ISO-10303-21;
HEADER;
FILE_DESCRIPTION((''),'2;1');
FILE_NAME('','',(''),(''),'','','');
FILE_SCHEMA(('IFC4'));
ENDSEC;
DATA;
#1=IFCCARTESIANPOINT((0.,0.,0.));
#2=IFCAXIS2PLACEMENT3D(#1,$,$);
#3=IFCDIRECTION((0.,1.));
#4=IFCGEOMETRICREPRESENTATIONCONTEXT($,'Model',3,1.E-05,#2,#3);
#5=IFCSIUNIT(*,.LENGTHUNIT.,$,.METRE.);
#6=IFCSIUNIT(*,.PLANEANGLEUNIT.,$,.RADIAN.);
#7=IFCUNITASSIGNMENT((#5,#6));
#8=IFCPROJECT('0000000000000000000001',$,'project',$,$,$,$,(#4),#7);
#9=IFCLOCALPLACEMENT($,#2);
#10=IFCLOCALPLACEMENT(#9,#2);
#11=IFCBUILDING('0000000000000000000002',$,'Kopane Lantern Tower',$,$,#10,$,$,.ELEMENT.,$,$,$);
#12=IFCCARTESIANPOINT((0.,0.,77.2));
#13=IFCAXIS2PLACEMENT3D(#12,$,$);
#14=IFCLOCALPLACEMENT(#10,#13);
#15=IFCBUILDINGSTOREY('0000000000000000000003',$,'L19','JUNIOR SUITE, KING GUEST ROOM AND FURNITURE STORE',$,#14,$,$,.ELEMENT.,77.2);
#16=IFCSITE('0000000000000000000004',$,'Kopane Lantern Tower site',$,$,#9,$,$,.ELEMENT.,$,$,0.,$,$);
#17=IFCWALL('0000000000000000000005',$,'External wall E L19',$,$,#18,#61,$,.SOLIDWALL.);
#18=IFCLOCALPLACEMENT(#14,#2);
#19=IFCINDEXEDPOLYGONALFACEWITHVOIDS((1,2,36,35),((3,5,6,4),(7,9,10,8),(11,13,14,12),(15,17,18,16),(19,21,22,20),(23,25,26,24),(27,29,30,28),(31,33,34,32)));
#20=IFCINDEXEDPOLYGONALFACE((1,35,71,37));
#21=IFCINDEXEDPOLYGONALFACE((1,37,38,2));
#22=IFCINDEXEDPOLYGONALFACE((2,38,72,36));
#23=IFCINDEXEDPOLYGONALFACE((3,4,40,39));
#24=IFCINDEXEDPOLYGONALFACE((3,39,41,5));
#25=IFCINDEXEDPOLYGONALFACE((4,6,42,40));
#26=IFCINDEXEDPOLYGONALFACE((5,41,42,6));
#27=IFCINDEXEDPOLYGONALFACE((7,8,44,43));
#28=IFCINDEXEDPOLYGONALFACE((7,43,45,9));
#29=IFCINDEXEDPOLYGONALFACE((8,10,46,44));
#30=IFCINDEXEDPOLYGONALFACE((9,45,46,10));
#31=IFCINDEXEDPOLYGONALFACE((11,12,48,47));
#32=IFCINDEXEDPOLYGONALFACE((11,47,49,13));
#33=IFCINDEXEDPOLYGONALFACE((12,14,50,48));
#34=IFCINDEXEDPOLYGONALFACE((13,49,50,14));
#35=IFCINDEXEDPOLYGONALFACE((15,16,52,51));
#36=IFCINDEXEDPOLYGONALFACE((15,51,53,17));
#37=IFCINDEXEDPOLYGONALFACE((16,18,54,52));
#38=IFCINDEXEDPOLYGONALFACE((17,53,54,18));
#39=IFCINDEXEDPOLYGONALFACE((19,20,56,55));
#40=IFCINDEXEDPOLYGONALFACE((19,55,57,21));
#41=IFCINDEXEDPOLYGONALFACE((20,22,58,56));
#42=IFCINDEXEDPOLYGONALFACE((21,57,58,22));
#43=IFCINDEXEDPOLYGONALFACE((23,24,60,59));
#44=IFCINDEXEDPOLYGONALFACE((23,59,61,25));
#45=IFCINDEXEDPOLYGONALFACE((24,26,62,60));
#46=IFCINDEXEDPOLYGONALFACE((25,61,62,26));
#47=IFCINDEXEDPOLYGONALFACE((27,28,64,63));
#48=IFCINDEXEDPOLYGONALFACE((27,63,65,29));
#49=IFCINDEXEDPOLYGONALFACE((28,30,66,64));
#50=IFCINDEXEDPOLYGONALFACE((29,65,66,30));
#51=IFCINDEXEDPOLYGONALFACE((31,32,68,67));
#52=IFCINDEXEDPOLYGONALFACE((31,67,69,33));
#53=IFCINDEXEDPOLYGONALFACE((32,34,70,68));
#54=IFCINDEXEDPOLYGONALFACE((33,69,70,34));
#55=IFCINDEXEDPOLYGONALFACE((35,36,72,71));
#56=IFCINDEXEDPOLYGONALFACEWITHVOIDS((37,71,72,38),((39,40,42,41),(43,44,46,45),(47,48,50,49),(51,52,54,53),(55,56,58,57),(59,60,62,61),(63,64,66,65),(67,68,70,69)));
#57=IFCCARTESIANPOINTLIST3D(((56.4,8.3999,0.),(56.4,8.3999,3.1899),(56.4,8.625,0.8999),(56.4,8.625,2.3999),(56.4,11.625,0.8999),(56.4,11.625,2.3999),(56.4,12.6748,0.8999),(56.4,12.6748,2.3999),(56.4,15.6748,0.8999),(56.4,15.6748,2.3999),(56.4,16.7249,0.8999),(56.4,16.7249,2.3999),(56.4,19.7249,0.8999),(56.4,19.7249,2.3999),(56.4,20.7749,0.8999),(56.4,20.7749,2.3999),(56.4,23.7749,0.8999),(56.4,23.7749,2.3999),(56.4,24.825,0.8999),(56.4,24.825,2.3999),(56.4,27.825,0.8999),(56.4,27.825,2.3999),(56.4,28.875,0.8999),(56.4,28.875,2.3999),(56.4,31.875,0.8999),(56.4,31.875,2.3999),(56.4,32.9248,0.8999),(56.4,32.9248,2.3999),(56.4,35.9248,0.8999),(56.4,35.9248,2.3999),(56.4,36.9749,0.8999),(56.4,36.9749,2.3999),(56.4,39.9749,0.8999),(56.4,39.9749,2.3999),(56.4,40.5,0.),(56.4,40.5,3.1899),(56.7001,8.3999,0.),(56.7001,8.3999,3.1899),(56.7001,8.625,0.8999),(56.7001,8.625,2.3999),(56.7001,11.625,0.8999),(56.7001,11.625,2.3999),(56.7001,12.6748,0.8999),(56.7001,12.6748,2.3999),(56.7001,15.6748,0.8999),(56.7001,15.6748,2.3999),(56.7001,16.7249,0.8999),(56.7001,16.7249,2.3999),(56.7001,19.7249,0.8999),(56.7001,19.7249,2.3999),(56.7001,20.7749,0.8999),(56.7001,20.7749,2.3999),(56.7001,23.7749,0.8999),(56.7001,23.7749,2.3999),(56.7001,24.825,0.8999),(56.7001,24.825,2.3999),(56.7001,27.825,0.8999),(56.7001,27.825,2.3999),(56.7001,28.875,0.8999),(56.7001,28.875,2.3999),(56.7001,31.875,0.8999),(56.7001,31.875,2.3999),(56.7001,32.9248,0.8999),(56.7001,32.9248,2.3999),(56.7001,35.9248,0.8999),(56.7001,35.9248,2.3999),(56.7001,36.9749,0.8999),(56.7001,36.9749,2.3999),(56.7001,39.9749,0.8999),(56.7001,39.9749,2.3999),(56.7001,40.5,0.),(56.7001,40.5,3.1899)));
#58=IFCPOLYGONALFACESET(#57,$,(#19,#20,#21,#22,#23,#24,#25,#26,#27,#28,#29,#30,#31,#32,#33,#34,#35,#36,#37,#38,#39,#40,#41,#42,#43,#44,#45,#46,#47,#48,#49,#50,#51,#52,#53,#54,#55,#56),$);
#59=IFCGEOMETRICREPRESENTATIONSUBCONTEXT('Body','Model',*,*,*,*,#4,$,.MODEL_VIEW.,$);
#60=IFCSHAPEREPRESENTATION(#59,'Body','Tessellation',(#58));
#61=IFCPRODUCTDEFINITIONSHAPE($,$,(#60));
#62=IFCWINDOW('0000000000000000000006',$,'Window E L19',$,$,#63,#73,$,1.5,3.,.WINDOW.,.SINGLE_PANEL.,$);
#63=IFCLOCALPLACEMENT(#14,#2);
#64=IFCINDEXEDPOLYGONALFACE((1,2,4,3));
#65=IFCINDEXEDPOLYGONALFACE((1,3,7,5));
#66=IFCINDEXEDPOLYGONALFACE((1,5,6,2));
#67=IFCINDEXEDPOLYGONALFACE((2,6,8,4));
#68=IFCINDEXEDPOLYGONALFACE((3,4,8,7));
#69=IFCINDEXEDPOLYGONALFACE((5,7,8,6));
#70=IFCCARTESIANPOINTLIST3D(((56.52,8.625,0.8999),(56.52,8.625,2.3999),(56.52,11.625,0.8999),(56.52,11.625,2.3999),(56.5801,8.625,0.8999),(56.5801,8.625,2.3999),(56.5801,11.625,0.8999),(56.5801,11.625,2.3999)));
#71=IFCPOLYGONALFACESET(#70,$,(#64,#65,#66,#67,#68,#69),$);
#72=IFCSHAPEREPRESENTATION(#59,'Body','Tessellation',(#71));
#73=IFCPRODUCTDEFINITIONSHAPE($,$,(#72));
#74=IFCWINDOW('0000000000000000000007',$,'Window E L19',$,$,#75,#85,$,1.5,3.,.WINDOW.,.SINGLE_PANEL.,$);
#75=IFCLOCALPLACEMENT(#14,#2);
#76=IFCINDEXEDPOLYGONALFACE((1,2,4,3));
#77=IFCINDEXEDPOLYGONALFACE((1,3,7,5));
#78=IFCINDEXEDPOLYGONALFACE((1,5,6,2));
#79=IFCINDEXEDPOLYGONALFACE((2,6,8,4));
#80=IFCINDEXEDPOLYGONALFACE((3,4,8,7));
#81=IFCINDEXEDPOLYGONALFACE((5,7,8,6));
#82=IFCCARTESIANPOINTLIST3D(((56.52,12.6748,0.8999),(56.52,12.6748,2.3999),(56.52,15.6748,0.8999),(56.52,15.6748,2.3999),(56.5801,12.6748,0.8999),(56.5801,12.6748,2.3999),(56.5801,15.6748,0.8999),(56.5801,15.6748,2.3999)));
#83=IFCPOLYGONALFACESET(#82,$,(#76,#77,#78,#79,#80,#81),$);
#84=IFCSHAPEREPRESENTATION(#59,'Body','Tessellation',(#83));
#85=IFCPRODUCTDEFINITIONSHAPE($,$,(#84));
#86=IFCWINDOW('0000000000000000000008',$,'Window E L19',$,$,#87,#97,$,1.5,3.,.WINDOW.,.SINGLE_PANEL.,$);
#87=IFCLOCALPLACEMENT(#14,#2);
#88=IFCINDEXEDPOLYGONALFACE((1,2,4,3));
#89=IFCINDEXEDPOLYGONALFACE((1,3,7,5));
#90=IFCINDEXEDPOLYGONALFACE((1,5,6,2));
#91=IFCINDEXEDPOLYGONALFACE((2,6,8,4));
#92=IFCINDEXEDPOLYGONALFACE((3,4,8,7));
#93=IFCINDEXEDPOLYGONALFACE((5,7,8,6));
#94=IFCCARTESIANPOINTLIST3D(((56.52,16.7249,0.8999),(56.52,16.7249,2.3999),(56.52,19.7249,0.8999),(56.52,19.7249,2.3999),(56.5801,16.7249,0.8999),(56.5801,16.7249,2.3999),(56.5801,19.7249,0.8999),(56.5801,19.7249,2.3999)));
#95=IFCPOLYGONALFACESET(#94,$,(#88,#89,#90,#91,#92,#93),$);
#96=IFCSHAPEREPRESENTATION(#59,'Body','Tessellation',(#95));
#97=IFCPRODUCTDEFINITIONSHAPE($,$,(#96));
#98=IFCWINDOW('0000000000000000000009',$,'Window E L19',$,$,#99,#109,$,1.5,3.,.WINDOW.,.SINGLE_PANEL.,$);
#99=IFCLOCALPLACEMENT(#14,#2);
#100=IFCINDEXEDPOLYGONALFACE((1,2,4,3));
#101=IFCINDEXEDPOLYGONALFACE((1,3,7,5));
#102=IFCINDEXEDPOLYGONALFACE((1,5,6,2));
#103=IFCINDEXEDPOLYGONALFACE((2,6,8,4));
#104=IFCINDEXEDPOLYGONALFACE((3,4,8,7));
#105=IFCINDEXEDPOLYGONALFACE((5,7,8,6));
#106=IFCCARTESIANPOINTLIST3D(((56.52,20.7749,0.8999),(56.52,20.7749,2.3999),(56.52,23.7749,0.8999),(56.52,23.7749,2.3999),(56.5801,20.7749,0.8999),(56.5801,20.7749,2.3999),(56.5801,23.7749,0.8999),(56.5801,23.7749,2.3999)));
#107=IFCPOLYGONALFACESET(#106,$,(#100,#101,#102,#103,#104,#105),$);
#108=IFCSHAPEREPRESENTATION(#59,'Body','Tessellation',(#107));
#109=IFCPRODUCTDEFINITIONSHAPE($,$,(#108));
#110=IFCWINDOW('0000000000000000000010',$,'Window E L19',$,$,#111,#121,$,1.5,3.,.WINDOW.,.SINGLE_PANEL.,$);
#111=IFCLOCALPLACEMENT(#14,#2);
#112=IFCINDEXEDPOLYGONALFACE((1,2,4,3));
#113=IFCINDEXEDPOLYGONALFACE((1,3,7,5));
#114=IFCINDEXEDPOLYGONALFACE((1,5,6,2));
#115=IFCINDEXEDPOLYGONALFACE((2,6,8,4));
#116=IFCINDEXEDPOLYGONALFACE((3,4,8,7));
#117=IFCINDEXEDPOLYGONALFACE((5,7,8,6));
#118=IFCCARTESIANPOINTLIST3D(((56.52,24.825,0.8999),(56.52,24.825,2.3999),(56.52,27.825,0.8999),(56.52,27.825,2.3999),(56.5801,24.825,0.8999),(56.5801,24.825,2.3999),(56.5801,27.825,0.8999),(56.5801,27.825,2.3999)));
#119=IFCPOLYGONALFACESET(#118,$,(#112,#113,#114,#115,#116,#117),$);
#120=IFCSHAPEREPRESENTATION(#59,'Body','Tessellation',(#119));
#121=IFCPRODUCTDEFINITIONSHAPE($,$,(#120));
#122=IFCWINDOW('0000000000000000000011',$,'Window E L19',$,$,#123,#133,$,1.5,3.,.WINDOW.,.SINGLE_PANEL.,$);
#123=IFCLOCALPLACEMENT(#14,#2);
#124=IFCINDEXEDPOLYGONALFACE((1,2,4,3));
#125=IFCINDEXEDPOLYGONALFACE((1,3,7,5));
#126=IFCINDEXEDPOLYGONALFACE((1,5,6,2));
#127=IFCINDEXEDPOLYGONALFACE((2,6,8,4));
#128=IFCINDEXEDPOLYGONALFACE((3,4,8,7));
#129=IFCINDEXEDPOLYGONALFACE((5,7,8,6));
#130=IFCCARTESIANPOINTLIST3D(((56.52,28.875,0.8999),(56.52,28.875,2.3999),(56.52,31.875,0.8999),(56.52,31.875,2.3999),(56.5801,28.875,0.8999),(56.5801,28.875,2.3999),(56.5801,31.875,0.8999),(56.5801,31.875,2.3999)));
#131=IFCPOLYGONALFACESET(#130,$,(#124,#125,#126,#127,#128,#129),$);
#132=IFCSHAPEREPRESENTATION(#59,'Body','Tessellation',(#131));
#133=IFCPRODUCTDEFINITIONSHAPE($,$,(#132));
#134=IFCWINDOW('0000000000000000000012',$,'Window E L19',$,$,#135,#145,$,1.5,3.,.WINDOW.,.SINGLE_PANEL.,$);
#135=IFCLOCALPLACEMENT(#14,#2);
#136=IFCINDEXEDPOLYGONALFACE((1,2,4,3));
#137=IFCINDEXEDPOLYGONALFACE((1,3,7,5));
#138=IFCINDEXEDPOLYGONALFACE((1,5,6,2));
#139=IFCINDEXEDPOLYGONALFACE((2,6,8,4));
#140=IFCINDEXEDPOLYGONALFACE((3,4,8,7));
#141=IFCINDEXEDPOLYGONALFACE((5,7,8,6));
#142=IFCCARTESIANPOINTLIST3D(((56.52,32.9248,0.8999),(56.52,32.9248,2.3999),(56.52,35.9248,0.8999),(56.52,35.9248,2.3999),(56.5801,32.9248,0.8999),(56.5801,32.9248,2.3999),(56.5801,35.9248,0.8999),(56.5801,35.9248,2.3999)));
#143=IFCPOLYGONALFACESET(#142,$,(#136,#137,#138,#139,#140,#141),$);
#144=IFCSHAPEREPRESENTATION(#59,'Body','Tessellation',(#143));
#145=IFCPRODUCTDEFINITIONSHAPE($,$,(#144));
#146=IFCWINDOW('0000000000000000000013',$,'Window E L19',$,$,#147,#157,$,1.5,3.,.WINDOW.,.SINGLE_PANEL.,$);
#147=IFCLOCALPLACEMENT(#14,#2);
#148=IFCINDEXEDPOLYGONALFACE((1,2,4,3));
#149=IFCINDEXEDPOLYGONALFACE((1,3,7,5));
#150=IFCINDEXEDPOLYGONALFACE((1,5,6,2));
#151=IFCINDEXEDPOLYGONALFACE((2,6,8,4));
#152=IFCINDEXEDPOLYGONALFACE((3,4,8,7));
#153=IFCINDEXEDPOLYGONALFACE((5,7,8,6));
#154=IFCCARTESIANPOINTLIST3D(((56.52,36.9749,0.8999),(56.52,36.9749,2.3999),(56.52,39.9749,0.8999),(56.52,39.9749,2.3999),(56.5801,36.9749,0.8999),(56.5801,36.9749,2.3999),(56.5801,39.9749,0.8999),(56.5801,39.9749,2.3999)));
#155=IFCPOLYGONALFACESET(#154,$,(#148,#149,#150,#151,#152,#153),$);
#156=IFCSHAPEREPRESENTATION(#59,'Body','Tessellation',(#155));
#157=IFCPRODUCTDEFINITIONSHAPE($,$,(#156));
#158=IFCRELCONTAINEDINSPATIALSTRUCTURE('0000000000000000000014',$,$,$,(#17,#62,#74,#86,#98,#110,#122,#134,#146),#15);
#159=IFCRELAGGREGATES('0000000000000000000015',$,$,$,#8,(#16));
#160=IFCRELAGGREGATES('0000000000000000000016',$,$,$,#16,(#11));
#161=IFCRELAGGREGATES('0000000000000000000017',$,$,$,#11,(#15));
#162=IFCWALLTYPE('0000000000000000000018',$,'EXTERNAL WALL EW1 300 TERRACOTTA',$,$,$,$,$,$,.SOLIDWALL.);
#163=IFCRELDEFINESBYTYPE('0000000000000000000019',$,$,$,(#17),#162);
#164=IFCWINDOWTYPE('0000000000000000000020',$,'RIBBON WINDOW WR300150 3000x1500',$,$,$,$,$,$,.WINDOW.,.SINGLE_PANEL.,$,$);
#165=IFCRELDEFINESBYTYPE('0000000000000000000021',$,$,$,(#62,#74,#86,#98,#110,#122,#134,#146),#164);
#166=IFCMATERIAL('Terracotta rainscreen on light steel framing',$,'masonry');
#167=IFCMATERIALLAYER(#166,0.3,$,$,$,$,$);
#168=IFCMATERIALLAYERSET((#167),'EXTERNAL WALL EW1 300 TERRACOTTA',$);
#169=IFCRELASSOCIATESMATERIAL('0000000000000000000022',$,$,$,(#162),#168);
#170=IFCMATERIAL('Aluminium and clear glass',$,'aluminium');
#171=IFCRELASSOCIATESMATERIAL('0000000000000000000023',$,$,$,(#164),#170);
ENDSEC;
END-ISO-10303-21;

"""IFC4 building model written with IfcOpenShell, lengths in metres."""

from ifc_helpers import new_model, si_unit, direction, frame, frame_2d, origin, place, context, subcontext, project, spatial, rectangle, extrude, material, layer, layer_set, type_object, element, fill, save


model = new_model("IFC4")

# Units and contexts
model_context = context("Model", 3, precision=1e-05, world=origin(), true_north=direction((0.0, 1.0)))
body_context = subcontext(model_context, "Body", "Model", "MODEL_VIEW")
ifc_project = project(units=[si_unit("LENGTHUNIT", "METRE"), si_unit("PLANEANGLEUNIT", "RADIAN")], contexts=[model_context])

# Site, building, storey
site_placement = place(None, origin())
site = spatial("IfcSite", under=ifc_project, at=site_placement, Name="Kopane Lantern Tower site", CompositionType="ELEMENT", RefElevation=0.0)
building_placement = place(site_placement, origin())
building = spatial("IfcBuilding", under=site, at=building_placement, Name="Kopane Lantern Tower", CompositionType="ELEMENT")
storey_placement = place(building_placement, frame((0.0, 0.0, 77.2)))
storey = spatial("IfcBuildingStorey", under=building, at=storey_placement, Name="L19", Description="JUNIOR SUITE, KING GUEST ROOM AND FURNITURE STORE", CompositionType="ELEMENT", Elevation=77.2)

# Shared definitions
ifc_material_1 = material(Name="Terracotta rainscreen on light steel framing", Category="masonry")
ifc_layer_1 = layer(ifc_material_1, 0.3)
ifc_layer_set_1 = layer_set([ifc_layer_1], Name="EXTERNAL WALL EW1 300 TERRACOTTA")
wall_type_1 = type_object("IfcWallType", Name="EXTERNAL WALL EW1 300 TERRACOTTA", PredefinedType="SOLIDWALL", material=ifc_layer_set_1)
ifc_material_2 = material(Name="Aluminium and clear glass", Category="aluminium")
window_type = type_object("IfcWindowType", Name="RIBBON WINDOW WR300150 3000x1500", PartitioningType="SINGLE_PANEL", PredefinedType="WINDOW", material=ifc_material_2)

# Wall, openings, windows
wall_1_placement = place(storey_placement, frame((56.55, 8.3999, 0.0), z_axis=(0.0, 0.0, 1.0), x_axis=(0.0, 1.0, 0.0)))
wall_1 = element("IfcWall", 1, at=wall_1_placement, inside=storey, type_object=wall_type_1, Name="External wall E L19", PredefinedType="SOLIDWALL", context=body_context, shape_type="SweptSolid", body=[
    extrude(rectangle(XDim=32.1001, YDim=0.3, at=frame_2d((16.05, 0.0))), origin(), (0.0, 0.0, 1.0), 3.1899),
])
opening_1_placement = place(wall_1_placement, frame((0.2251, 0.0, 0.8999)))
opening_1 = element("IfcOpeningElement", 2, at=opening_1_placement, cuts=wall_1, PredefinedType="OPENING", context=body_context, shape_type="SweptSolid", body=[
    extrude(rectangle(XDim=3.0, YDim=1.5, at=frame_2d((1.5, 0.75))), frame((0.0, 0.1599, 0.0), z_axis=(0.0, -1.0, 0.0), x_axis=(1.0, 0.0, 0.0)), (0.0, 0.0, 1.0), 0.3201),
])
opening_2_placement = place(wall_1_placement, frame((4.2749, 0.0, 0.8999)))
opening_2 = element("IfcOpeningElement", 3, at=opening_2_placement, cuts=wall_1, PredefinedType="OPENING", context=body_context, shape_type="SweptSolid", body=[
    extrude(rectangle(XDim=3.0, YDim=1.5, at=frame_2d((1.5, 0.75))), frame((0.0, 0.1599, 0.0), z_axis=(0.0, -1.0, 0.0), x_axis=(1.0, 0.0, 0.0)), (0.0, 0.0, 1.0), 0.3201),
])
opening_3_placement = place(wall_1_placement, frame((8.325, 0.0, 0.8999)))
opening_3 = element("IfcOpeningElement", 4, at=opening_3_placement, cuts=wall_1, PredefinedType="OPENING", context=body_context, shape_type="SweptSolid", body=[
    extrude(rectangle(XDim=3.0, YDim=1.5, at=frame_2d((1.5, 0.75))), frame((0.0, 0.1599, 0.0), z_axis=(0.0, -1.0, 0.0), x_axis=(1.0, 0.0, 0.0)), (0.0, 0.0, 1.0), 0.3201),
])
opening_4_placement = place(wall_1_placement, frame((12.375, 0.0, 0.8999)))
opening_4 = element("IfcOpeningElement", 5, at=opening_4_placement, cuts=wall_1, PredefinedType="OPENING", context=body_context, shape_type="SweptSolid", body=[
    extrude(rectangle(XDim=3.0, YDim=1.5, at=frame_2d((1.5, 0.75))), frame((0.0, 0.1599, 0.0), z_axis=(0.0, -1.0, 0.0), x_axis=(1.0, 0.0, 0.0)), (0.0, 0.0, 1.0), 0.3201),
])
opening_5_placement = place(wall_1_placement, frame((16.425, 0.0, 0.8999)))
opening_5 = element("IfcOpeningElement", 6, at=opening_5_placement, cuts=wall_1, PredefinedType="OPENING", context=body_context, shape_type="SweptSolid", body=[
    extrude(rectangle(XDim=3.0, YDim=1.5, at=frame_2d((1.5, 0.75))), frame((0.0, 0.1599, 0.0), z_axis=(0.0, -1.0, 0.0), x_axis=(1.0, 0.0, 0.0)), (0.0, 0.0, 1.0), 0.3201),
])
opening_6_placement = place(wall_1_placement, frame((20.4751, 0.0, 0.8999)))
opening_6 = element("IfcOpeningElement", 7, at=opening_6_placement, cuts=wall_1, PredefinedType="OPENING", context=body_context, shape_type="SweptSolid", body=[
    extrude(rectangle(XDim=3.0, YDim=1.5, at=frame_2d((1.5, 0.75))), frame((0.0, 0.1599, 0.0), z_axis=(0.0, -1.0, 0.0), x_axis=(1.0, 0.0, 0.0)), (0.0, 0.0, 1.0), 0.3201),
])
opening_7_placement = place(wall_1_placement, frame((24.5249, 0.0, 0.8999)))
opening_7 = element("IfcOpeningElement", 8, at=opening_7_placement, cuts=wall_1, PredefinedType="OPENING", context=body_context, shape_type="SweptSolid", body=[
    extrude(rectangle(XDim=3.0, YDim=1.5, at=frame_2d((1.5, 0.75))), frame((0.0, 0.1599, 0.0), z_axis=(0.0, -1.0, 0.0), x_axis=(1.0, 0.0, 0.0)), (0.0, 0.0, 1.0), 0.3201),
])
opening_8_placement = place(wall_1_placement, frame((28.575, 0.0, 0.8999)))
opening_8 = element("IfcOpeningElement", 9, at=opening_8_placement, cuts=wall_1, PredefinedType="OPENING", context=body_context, shape_type="SweptSolid", body=[
    extrude(rectangle(XDim=3.0, YDim=1.5, at=frame_2d((1.5, 0.75))), frame((0.0, 0.1599, 0.0), z_axis=(0.0, -1.0, 0.0), x_axis=(1.0, 0.0, 0.0)), (0.0, 0.0, 1.0), 0.3201),
])
window_1_placement = place(opening_1_placement, origin())
window_1 = element("IfcWindow", 10, at=window_1_placement, inside=storey, type_object=window_type, Name="Window E L19", OverallHeight=1.5, OverallWidth=3.0, PartitioningType="SINGLE_PANEL", PredefinedType="WINDOW", context=body_context, shape_type="SweptSolid", body=[
    extrude(rectangle(XDim=3.0, YDim=1.5, at=frame_2d((1.5, 0.75))), frame((0.0, 0.03, 0.0), z_axis=(0.0, -1.0, 0.0), x_axis=(1.0, 0.0, 0.0)), (0.0, 0.0, 1.0), 0.0601),
])
fill(opening_1, window_1)
window_2_placement = place(opening_2_placement, origin())
window_2 = element("IfcWindow", 11, at=window_2_placement, inside=storey, type_object=window_type, Name="Window E L19", OverallHeight=1.5, OverallWidth=3.0, PartitioningType="SINGLE_PANEL", PredefinedType="WINDOW", context=body_context, shape_type="SweptSolid", body=[
    extrude(rectangle(XDim=3.0, YDim=1.5, at=frame_2d((1.5, 0.75))), frame((0.0, 0.03, 0.0), z_axis=(0.0, -1.0, 0.0), x_axis=(1.0, 0.0, 0.0)), (0.0, 0.0, 1.0), 0.0601),
])
fill(opening_2, window_2)
window_3_placement = place(opening_3_placement, origin())
window_3 = element("IfcWindow", 12, at=window_3_placement, inside=storey, type_object=window_type, Name="Window E L19", OverallHeight=1.5, OverallWidth=3.0, PartitioningType="SINGLE_PANEL", PredefinedType="WINDOW", context=body_context, shape_type="SweptSolid", body=[
    extrude(rectangle(XDim=3.0, YDim=1.5, at=frame_2d((1.5, 0.75))), frame((0.0, 0.03, 0.0), z_axis=(0.0, -1.0, 0.0), x_axis=(1.0, 0.0, 0.0)), (0.0, 0.0, 1.0), 0.0601),
])
fill(opening_3, window_3)
window_4_placement = place(opening_4_placement, origin())
window_4 = element("IfcWindow", 13, at=window_4_placement, inside=storey, type_object=window_type, Name="Window E L19", OverallHeight=1.5, OverallWidth=3.0, PartitioningType="SINGLE_PANEL", PredefinedType="WINDOW", context=body_context, shape_type="SweptSolid", body=[
    extrude(rectangle(XDim=3.0, YDim=1.5, at=frame_2d((1.5, 0.75))), frame((0.0, 0.03, 0.0), z_axis=(0.0, -1.0, 0.0), x_axis=(1.0, 0.0, 0.0)), (0.0, 0.0, 1.0), 0.0601),
])
fill(opening_4, window_4)
window_5_placement = place(opening_5_placement, origin())
window_5 = element("IfcWindow", 14, at=window_5_placement, inside=storey, type_object=window_type, Name="Window E L19", OverallHeight=1.5, OverallWidth=3.0, PartitioningType="SINGLE_PANEL", PredefinedType="WINDOW", context=body_context, shape_type="SweptSolid", body=[
    extrude(rectangle(XDim=3.0, YDim=1.5, at=frame_2d((1.5, 0.75))), frame((0.0, 0.03, 0.0), z_axis=(0.0, -1.0, 0.0), x_axis=(1.0, 0.0, 0.0)), (0.0, 0.0, 1.0), 0.0601),
])
fill(opening_5, window_5)
window_6_placement = place(opening_6_placement, origin())
window_6 = element("IfcWindow", 15, at=window_6_placement, inside=storey, type_object=window_type, Name="Window E L19", OverallHeight=1.5, OverallWidth=3.0, PartitioningType="SINGLE_PANEL", PredefinedType="WINDOW", context=body_context, shape_type="SweptSolid", body=[
    extrude(rectangle(XDim=3.0, YDim=1.5, at=frame_2d((1.5, 0.75))), frame((0.0, 0.03, 0.0), z_axis=(0.0, -1.0, 0.0), x_axis=(1.0, 0.0, 0.0)), (0.0, 0.0, 1.0), 0.0601),
])
fill(opening_6, window_6)
window_7_placement = place(opening_7_placement, origin())
window_7 = element("IfcWindow", 16, at=window_7_placement, inside=storey, type_object=window_type, Name="Window E L19", OverallHeight=1.5, OverallWidth=3.0, PartitioningType="SINGLE_PANEL", PredefinedType="WINDOW", context=body_context, shape_type="SweptSolid", body=[
    extrude(rectangle(XDim=3.0, YDim=1.5, at=frame_2d((1.5, 0.75))), frame((0.0, 0.03, 0.0), z_axis=(0.0, -1.0, 0.0), x_axis=(1.0, 0.0, 0.0)), (0.0, 0.0, 1.0), 0.0601),
])
fill(opening_7, window_7)
window_8_placement = place(opening_8_placement, origin())
window_8 = element("IfcWindow", 17, at=window_8_placement, inside=storey, type_object=window_type, Name="Window E L19", OverallHeight=1.5, OverallWidth=3.0, PartitioningType="SINGLE_PANEL", PredefinedType="WINDOW", context=body_context, shape_type="SweptSolid", body=[
    extrude(rectangle(XDim=3.0, YDim=1.5, at=frame_2d((1.5, 0.75))), frame((0.0, 0.03, 0.0), z_axis=(0.0, -1.0, 0.0), x_axis=(1.0, 0.0, 0.0)), (0.0, 0.0, 1.0), 0.0601),
])
fill(opening_8, window_8)

save(model, "model.ifc")
